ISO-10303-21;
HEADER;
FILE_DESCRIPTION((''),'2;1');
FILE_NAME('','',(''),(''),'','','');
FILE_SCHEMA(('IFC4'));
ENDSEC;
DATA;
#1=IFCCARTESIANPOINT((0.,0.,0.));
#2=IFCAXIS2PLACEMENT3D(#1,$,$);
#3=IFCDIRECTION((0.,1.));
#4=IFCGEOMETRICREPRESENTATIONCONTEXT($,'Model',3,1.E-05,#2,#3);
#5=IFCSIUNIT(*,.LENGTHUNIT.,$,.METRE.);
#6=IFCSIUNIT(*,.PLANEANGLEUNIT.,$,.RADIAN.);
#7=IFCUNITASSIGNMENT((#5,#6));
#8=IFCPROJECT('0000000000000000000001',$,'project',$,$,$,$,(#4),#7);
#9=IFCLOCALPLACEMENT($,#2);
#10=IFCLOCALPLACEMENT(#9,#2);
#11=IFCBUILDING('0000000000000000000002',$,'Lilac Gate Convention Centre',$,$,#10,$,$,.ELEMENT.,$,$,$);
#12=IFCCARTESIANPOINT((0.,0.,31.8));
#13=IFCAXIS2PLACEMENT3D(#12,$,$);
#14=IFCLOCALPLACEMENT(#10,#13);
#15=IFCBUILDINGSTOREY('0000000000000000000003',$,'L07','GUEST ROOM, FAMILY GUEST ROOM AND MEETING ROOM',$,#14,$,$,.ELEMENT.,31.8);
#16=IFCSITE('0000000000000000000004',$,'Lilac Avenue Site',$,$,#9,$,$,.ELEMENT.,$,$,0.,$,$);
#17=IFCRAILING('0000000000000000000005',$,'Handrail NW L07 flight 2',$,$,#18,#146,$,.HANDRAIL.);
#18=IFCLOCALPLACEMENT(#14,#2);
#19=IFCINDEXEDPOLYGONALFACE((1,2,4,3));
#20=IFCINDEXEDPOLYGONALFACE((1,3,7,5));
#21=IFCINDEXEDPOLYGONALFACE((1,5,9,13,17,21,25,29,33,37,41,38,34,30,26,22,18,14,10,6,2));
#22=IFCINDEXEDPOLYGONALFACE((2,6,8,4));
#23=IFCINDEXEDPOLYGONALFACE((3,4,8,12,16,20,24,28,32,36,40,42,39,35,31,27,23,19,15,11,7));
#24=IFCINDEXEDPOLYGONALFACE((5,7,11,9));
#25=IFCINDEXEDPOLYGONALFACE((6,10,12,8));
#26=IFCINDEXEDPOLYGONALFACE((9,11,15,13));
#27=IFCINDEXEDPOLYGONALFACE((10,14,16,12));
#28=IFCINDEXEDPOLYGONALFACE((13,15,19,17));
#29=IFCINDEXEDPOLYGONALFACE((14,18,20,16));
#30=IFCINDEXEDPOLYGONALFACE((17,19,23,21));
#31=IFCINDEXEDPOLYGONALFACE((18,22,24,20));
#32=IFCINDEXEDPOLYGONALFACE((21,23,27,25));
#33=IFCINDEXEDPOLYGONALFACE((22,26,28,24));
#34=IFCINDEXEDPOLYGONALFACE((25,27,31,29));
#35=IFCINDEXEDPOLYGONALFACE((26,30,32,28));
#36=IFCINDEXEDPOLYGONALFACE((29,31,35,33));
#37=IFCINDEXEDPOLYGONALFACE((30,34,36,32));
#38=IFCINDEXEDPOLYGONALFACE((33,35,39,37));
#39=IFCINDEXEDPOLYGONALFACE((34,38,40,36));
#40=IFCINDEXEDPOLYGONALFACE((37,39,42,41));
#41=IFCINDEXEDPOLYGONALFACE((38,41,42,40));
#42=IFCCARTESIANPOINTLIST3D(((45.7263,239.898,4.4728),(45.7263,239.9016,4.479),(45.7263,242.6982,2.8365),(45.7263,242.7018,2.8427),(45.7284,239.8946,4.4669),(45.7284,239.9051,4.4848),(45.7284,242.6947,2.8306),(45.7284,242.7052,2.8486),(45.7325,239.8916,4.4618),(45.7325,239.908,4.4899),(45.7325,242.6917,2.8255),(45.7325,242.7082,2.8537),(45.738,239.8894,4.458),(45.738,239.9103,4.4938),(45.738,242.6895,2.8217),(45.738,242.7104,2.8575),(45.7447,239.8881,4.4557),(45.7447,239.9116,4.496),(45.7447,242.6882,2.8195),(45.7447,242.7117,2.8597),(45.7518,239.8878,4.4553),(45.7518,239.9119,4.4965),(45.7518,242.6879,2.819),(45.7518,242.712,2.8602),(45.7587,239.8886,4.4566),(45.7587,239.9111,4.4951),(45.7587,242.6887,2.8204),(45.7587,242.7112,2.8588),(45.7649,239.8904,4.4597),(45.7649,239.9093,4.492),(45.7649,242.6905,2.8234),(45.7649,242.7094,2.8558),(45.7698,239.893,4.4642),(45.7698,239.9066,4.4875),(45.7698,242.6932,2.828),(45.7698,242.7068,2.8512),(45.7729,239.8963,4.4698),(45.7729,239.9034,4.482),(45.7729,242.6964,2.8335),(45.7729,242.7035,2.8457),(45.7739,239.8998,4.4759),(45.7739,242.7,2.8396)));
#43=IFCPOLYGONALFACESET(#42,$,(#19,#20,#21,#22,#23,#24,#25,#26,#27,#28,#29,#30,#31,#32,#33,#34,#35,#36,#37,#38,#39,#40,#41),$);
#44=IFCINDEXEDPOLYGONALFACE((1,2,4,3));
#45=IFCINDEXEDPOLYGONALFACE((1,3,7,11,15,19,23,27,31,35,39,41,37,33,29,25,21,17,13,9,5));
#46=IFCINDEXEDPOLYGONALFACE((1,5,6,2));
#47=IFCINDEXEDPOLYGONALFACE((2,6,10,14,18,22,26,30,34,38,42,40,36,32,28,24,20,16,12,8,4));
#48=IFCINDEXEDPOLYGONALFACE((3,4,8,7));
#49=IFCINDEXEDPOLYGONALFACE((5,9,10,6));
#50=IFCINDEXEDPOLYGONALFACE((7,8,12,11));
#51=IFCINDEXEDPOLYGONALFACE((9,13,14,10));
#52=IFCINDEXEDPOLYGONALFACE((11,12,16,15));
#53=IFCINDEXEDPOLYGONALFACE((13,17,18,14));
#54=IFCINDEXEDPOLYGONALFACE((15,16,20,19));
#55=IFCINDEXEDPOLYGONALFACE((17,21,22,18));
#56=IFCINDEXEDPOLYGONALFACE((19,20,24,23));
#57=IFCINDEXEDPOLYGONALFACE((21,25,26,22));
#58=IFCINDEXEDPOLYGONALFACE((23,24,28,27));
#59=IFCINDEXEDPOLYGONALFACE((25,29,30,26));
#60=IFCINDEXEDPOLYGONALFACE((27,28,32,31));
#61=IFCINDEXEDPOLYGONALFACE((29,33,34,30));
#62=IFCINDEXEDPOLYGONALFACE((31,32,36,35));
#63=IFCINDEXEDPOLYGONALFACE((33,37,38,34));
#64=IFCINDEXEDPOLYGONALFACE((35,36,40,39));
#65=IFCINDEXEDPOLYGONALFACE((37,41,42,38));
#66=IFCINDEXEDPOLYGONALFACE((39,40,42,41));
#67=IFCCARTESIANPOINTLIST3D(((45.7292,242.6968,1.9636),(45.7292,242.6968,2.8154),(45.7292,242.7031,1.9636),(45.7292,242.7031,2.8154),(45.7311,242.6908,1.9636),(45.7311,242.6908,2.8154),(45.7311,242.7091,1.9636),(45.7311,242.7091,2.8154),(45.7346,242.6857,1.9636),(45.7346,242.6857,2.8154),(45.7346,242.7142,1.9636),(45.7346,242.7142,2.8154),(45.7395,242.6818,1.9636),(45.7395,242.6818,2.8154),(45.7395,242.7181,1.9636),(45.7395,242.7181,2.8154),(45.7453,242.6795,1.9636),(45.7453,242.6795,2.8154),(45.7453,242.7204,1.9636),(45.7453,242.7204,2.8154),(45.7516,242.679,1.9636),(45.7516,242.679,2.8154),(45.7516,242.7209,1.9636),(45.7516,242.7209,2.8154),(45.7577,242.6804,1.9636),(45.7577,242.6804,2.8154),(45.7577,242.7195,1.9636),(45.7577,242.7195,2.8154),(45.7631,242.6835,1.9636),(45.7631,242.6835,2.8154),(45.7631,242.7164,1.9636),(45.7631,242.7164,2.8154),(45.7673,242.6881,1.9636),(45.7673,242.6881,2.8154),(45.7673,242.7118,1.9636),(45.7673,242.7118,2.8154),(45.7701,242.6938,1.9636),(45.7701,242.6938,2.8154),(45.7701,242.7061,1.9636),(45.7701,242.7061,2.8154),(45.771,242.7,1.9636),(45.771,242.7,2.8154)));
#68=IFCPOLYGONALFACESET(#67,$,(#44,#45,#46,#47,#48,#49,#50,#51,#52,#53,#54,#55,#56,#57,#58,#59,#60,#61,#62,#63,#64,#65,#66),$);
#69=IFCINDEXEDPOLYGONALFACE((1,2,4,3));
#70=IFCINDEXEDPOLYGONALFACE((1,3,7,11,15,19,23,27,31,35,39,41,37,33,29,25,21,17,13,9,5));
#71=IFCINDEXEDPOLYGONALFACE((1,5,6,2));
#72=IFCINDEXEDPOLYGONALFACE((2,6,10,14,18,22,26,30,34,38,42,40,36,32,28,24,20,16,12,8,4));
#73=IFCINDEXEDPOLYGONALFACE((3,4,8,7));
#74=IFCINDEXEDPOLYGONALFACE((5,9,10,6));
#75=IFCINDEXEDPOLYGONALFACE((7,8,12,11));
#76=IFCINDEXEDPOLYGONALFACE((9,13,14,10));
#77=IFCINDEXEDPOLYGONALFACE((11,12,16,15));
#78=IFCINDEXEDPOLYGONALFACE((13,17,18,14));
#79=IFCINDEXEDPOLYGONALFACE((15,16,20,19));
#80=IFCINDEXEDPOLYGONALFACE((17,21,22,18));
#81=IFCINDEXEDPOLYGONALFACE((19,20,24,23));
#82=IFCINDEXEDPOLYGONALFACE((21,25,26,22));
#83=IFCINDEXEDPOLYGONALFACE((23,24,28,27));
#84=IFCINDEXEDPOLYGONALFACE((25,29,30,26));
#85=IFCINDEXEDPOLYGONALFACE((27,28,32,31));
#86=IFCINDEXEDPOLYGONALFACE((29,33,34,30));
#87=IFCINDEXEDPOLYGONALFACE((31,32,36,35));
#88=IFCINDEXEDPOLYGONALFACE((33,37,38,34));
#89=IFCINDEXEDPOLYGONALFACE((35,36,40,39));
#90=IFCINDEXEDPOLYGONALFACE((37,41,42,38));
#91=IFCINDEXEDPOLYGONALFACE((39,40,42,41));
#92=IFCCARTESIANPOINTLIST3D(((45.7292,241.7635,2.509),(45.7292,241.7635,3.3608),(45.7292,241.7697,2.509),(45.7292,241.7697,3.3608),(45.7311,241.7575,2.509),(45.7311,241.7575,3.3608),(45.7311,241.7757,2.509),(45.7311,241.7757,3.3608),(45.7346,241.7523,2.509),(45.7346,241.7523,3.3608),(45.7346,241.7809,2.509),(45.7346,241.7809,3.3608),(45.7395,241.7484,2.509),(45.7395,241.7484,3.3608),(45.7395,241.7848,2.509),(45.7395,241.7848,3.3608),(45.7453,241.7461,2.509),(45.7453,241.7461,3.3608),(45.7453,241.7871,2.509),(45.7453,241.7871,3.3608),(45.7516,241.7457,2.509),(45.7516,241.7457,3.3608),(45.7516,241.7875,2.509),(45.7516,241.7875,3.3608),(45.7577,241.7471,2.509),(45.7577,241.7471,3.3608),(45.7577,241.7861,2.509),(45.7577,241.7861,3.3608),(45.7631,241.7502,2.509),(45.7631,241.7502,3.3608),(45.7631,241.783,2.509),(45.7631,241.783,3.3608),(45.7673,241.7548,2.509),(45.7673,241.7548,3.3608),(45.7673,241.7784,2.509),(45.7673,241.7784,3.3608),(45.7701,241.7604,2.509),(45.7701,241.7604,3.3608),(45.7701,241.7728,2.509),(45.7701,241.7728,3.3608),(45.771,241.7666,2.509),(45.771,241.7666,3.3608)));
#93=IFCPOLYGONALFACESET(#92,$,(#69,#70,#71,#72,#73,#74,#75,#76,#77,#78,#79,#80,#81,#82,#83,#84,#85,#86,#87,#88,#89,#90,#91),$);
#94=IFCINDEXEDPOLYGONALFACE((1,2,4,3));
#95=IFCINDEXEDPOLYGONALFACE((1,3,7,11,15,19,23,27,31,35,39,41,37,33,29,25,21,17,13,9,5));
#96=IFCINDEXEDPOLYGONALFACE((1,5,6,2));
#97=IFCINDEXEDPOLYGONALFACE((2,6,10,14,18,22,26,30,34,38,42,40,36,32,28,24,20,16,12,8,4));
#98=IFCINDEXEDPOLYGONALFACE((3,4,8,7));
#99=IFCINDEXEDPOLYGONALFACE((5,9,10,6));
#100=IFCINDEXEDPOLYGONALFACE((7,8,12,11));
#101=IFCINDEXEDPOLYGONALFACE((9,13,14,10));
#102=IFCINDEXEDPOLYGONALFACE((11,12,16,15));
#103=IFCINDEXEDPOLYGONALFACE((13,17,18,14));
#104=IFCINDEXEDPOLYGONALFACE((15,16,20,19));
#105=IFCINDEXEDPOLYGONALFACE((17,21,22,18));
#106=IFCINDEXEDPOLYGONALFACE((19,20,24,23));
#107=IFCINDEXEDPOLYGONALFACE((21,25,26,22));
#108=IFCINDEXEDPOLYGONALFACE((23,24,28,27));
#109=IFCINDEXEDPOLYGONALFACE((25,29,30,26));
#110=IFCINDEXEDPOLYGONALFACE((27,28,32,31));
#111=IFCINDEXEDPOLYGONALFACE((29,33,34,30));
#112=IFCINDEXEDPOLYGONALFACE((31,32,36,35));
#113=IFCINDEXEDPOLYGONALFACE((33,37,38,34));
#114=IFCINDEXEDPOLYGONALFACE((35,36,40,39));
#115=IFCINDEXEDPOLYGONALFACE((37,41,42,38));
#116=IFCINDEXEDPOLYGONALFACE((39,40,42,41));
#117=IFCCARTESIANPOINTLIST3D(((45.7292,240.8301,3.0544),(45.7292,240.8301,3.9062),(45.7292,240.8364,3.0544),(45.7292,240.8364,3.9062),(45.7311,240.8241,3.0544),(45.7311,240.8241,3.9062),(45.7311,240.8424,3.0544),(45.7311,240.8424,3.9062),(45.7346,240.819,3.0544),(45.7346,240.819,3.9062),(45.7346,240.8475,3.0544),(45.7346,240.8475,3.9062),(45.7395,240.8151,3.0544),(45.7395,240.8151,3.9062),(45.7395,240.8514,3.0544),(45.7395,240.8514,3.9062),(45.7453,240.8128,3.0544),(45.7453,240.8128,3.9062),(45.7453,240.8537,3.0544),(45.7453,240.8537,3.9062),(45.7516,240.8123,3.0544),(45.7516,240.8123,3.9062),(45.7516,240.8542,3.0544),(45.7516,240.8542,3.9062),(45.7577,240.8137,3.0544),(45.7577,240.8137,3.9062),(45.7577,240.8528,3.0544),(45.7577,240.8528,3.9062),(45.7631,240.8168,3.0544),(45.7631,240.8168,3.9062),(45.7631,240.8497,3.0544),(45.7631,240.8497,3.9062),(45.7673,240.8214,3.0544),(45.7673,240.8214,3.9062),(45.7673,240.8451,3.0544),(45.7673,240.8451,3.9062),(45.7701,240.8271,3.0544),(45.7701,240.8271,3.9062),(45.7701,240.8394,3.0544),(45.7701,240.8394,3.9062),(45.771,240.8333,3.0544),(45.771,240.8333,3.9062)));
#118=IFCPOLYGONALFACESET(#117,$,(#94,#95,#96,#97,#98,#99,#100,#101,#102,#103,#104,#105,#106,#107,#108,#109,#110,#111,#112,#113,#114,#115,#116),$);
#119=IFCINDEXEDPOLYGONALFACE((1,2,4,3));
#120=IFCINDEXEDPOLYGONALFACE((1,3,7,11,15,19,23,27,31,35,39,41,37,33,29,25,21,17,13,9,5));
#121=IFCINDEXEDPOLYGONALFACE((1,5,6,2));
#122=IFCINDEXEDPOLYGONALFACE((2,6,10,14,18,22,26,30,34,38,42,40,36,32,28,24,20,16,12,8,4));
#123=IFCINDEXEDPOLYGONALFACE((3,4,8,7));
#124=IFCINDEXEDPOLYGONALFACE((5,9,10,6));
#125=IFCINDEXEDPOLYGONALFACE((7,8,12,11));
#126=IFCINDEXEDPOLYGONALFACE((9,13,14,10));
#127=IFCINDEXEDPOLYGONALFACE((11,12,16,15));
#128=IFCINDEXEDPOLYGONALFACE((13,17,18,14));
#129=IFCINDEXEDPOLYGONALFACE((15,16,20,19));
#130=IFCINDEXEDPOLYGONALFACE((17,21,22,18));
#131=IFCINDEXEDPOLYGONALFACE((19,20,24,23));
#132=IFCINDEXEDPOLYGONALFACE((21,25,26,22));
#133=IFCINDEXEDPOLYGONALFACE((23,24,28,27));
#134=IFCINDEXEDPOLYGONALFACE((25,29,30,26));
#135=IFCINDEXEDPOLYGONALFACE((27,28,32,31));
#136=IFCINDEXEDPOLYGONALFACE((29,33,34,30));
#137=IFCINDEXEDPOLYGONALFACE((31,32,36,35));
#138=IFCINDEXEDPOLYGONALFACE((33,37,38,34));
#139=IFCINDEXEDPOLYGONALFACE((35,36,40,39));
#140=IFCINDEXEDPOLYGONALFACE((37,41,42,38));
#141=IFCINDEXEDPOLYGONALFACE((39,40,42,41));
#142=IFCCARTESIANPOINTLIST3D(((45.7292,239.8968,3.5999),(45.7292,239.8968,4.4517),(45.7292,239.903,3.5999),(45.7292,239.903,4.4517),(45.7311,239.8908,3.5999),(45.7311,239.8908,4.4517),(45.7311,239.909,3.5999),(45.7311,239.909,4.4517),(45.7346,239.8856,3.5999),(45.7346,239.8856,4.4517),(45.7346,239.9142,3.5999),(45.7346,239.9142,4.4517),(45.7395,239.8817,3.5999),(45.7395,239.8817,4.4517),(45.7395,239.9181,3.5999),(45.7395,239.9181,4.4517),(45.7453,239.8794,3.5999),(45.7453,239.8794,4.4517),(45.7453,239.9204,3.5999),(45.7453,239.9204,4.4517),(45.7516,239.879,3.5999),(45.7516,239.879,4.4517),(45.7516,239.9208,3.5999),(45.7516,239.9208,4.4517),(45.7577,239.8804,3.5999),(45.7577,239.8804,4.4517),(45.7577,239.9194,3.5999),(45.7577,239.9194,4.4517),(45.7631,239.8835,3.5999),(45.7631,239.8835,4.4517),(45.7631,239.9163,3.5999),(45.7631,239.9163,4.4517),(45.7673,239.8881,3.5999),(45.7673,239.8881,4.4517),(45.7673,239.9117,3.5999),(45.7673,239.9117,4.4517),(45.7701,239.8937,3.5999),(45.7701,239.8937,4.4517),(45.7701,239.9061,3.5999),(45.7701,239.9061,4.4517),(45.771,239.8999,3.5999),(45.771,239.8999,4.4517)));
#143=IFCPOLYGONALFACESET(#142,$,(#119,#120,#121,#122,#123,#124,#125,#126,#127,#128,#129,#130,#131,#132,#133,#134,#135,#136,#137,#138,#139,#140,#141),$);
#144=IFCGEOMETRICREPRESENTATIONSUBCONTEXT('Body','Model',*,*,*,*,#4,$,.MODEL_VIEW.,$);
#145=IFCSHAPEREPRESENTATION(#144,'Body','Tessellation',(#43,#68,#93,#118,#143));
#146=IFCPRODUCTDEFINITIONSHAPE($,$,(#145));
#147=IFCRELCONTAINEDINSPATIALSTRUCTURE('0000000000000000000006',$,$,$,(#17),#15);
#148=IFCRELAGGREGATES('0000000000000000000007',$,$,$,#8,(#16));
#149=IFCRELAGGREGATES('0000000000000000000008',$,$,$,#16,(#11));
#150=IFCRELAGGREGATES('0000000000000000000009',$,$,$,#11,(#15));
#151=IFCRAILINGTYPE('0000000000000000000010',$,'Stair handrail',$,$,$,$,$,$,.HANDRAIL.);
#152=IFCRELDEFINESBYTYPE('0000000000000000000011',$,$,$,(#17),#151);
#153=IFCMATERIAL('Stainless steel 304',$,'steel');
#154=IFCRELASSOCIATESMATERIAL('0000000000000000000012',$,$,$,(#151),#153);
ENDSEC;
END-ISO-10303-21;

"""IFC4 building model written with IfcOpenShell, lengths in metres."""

from ifc_helpers import new_model, si_unit, direction, frame, origin, origin_2d, place, context, subcontext, project, spatial, circle, extrude, material, type_object, element, save


model = new_model("IFC4")

# Units and contexts
model_context = context("Model", 3, precision=1e-05, world=origin(), true_north=direction((0.0, 1.0)))
body_context = subcontext(model_context, "Body", "Model", "MODEL_VIEW")
ifc_project = project(units=[si_unit("LENGTHUNIT", "METRE"), si_unit("PLANEANGLEUNIT", "RADIAN")], contexts=[model_context])

# Site, building, storey
site_placement = place(None, origin())
site = spatial("IfcSite", under=ifc_project, at=site_placement, Name="Lilac Avenue Site", CompositionType="ELEMENT", RefElevation=0.0)
building_placement = place(site_placement, origin())
building = spatial("IfcBuilding", under=site, at=building_placement, Name="Lilac Gate Convention Centre", CompositionType="ELEMENT")
storey_placement = place(building_placement, frame((0.0, 0.0, 31.8)))
storey = spatial("IfcBuildingStorey", under=building, at=storey_placement, Name="L07", Description="GUEST ROOM, FAMILY GUEST ROOM AND MEETING ROOM", CompositionType="ELEMENT", Elevation=31.8)

# Railing
ifc_material_1 = material(Name="Stainless steel 304", Category="steel")
railing_type = type_object("IfcRailingType", Name="Stair handrail", PredefinedType="HANDRAIL", material=ifc_material_1)
for number, where, name in (
    (1, (45.75, 242.7, 1.9636), "Handrail NW L07 flight 2"),
):
    element("IfcRailing", number, at=place(storey_placement, frame(where)), inside=storey, type_object=railing_type, Name=name, PredefinedType="HANDRAIL", context=body_context, shape_type="SweptSolid", body=[
        extrude(circle(Radius=0.0239, at=origin_2d()), frame((0.0, 0.0, 0.876), z_axis=(0.0, -0.863394, 0.504531), x_axis=(1.0, 0.0, 0.0)), (0.0, 0.0, 1.0), 3.2432),
        extrude(circle(Radius=0.021, at=origin_2d()), origin(), (0.0, 0.0, 1.0), 0.8518),
        extrude(circle(Radius=0.021, at=origin_2d()), frame((0.0, -0.9333, 0.5454)), (0.0, 0.0, 1.0), 0.8518),
        extrude(circle(Radius=0.021, at=origin_2d()), frame((0.0, -1.8667, 1.0908)), (0.0, 0.0, 1.0), 0.8518),
        extrude(circle(Radius=0.021, at=origin_2d()), frame((0.0, -2.8, 1.6362)), (0.0, 0.0, 1.0), 0.8518),
    ])

save(model, "model.ifc")
